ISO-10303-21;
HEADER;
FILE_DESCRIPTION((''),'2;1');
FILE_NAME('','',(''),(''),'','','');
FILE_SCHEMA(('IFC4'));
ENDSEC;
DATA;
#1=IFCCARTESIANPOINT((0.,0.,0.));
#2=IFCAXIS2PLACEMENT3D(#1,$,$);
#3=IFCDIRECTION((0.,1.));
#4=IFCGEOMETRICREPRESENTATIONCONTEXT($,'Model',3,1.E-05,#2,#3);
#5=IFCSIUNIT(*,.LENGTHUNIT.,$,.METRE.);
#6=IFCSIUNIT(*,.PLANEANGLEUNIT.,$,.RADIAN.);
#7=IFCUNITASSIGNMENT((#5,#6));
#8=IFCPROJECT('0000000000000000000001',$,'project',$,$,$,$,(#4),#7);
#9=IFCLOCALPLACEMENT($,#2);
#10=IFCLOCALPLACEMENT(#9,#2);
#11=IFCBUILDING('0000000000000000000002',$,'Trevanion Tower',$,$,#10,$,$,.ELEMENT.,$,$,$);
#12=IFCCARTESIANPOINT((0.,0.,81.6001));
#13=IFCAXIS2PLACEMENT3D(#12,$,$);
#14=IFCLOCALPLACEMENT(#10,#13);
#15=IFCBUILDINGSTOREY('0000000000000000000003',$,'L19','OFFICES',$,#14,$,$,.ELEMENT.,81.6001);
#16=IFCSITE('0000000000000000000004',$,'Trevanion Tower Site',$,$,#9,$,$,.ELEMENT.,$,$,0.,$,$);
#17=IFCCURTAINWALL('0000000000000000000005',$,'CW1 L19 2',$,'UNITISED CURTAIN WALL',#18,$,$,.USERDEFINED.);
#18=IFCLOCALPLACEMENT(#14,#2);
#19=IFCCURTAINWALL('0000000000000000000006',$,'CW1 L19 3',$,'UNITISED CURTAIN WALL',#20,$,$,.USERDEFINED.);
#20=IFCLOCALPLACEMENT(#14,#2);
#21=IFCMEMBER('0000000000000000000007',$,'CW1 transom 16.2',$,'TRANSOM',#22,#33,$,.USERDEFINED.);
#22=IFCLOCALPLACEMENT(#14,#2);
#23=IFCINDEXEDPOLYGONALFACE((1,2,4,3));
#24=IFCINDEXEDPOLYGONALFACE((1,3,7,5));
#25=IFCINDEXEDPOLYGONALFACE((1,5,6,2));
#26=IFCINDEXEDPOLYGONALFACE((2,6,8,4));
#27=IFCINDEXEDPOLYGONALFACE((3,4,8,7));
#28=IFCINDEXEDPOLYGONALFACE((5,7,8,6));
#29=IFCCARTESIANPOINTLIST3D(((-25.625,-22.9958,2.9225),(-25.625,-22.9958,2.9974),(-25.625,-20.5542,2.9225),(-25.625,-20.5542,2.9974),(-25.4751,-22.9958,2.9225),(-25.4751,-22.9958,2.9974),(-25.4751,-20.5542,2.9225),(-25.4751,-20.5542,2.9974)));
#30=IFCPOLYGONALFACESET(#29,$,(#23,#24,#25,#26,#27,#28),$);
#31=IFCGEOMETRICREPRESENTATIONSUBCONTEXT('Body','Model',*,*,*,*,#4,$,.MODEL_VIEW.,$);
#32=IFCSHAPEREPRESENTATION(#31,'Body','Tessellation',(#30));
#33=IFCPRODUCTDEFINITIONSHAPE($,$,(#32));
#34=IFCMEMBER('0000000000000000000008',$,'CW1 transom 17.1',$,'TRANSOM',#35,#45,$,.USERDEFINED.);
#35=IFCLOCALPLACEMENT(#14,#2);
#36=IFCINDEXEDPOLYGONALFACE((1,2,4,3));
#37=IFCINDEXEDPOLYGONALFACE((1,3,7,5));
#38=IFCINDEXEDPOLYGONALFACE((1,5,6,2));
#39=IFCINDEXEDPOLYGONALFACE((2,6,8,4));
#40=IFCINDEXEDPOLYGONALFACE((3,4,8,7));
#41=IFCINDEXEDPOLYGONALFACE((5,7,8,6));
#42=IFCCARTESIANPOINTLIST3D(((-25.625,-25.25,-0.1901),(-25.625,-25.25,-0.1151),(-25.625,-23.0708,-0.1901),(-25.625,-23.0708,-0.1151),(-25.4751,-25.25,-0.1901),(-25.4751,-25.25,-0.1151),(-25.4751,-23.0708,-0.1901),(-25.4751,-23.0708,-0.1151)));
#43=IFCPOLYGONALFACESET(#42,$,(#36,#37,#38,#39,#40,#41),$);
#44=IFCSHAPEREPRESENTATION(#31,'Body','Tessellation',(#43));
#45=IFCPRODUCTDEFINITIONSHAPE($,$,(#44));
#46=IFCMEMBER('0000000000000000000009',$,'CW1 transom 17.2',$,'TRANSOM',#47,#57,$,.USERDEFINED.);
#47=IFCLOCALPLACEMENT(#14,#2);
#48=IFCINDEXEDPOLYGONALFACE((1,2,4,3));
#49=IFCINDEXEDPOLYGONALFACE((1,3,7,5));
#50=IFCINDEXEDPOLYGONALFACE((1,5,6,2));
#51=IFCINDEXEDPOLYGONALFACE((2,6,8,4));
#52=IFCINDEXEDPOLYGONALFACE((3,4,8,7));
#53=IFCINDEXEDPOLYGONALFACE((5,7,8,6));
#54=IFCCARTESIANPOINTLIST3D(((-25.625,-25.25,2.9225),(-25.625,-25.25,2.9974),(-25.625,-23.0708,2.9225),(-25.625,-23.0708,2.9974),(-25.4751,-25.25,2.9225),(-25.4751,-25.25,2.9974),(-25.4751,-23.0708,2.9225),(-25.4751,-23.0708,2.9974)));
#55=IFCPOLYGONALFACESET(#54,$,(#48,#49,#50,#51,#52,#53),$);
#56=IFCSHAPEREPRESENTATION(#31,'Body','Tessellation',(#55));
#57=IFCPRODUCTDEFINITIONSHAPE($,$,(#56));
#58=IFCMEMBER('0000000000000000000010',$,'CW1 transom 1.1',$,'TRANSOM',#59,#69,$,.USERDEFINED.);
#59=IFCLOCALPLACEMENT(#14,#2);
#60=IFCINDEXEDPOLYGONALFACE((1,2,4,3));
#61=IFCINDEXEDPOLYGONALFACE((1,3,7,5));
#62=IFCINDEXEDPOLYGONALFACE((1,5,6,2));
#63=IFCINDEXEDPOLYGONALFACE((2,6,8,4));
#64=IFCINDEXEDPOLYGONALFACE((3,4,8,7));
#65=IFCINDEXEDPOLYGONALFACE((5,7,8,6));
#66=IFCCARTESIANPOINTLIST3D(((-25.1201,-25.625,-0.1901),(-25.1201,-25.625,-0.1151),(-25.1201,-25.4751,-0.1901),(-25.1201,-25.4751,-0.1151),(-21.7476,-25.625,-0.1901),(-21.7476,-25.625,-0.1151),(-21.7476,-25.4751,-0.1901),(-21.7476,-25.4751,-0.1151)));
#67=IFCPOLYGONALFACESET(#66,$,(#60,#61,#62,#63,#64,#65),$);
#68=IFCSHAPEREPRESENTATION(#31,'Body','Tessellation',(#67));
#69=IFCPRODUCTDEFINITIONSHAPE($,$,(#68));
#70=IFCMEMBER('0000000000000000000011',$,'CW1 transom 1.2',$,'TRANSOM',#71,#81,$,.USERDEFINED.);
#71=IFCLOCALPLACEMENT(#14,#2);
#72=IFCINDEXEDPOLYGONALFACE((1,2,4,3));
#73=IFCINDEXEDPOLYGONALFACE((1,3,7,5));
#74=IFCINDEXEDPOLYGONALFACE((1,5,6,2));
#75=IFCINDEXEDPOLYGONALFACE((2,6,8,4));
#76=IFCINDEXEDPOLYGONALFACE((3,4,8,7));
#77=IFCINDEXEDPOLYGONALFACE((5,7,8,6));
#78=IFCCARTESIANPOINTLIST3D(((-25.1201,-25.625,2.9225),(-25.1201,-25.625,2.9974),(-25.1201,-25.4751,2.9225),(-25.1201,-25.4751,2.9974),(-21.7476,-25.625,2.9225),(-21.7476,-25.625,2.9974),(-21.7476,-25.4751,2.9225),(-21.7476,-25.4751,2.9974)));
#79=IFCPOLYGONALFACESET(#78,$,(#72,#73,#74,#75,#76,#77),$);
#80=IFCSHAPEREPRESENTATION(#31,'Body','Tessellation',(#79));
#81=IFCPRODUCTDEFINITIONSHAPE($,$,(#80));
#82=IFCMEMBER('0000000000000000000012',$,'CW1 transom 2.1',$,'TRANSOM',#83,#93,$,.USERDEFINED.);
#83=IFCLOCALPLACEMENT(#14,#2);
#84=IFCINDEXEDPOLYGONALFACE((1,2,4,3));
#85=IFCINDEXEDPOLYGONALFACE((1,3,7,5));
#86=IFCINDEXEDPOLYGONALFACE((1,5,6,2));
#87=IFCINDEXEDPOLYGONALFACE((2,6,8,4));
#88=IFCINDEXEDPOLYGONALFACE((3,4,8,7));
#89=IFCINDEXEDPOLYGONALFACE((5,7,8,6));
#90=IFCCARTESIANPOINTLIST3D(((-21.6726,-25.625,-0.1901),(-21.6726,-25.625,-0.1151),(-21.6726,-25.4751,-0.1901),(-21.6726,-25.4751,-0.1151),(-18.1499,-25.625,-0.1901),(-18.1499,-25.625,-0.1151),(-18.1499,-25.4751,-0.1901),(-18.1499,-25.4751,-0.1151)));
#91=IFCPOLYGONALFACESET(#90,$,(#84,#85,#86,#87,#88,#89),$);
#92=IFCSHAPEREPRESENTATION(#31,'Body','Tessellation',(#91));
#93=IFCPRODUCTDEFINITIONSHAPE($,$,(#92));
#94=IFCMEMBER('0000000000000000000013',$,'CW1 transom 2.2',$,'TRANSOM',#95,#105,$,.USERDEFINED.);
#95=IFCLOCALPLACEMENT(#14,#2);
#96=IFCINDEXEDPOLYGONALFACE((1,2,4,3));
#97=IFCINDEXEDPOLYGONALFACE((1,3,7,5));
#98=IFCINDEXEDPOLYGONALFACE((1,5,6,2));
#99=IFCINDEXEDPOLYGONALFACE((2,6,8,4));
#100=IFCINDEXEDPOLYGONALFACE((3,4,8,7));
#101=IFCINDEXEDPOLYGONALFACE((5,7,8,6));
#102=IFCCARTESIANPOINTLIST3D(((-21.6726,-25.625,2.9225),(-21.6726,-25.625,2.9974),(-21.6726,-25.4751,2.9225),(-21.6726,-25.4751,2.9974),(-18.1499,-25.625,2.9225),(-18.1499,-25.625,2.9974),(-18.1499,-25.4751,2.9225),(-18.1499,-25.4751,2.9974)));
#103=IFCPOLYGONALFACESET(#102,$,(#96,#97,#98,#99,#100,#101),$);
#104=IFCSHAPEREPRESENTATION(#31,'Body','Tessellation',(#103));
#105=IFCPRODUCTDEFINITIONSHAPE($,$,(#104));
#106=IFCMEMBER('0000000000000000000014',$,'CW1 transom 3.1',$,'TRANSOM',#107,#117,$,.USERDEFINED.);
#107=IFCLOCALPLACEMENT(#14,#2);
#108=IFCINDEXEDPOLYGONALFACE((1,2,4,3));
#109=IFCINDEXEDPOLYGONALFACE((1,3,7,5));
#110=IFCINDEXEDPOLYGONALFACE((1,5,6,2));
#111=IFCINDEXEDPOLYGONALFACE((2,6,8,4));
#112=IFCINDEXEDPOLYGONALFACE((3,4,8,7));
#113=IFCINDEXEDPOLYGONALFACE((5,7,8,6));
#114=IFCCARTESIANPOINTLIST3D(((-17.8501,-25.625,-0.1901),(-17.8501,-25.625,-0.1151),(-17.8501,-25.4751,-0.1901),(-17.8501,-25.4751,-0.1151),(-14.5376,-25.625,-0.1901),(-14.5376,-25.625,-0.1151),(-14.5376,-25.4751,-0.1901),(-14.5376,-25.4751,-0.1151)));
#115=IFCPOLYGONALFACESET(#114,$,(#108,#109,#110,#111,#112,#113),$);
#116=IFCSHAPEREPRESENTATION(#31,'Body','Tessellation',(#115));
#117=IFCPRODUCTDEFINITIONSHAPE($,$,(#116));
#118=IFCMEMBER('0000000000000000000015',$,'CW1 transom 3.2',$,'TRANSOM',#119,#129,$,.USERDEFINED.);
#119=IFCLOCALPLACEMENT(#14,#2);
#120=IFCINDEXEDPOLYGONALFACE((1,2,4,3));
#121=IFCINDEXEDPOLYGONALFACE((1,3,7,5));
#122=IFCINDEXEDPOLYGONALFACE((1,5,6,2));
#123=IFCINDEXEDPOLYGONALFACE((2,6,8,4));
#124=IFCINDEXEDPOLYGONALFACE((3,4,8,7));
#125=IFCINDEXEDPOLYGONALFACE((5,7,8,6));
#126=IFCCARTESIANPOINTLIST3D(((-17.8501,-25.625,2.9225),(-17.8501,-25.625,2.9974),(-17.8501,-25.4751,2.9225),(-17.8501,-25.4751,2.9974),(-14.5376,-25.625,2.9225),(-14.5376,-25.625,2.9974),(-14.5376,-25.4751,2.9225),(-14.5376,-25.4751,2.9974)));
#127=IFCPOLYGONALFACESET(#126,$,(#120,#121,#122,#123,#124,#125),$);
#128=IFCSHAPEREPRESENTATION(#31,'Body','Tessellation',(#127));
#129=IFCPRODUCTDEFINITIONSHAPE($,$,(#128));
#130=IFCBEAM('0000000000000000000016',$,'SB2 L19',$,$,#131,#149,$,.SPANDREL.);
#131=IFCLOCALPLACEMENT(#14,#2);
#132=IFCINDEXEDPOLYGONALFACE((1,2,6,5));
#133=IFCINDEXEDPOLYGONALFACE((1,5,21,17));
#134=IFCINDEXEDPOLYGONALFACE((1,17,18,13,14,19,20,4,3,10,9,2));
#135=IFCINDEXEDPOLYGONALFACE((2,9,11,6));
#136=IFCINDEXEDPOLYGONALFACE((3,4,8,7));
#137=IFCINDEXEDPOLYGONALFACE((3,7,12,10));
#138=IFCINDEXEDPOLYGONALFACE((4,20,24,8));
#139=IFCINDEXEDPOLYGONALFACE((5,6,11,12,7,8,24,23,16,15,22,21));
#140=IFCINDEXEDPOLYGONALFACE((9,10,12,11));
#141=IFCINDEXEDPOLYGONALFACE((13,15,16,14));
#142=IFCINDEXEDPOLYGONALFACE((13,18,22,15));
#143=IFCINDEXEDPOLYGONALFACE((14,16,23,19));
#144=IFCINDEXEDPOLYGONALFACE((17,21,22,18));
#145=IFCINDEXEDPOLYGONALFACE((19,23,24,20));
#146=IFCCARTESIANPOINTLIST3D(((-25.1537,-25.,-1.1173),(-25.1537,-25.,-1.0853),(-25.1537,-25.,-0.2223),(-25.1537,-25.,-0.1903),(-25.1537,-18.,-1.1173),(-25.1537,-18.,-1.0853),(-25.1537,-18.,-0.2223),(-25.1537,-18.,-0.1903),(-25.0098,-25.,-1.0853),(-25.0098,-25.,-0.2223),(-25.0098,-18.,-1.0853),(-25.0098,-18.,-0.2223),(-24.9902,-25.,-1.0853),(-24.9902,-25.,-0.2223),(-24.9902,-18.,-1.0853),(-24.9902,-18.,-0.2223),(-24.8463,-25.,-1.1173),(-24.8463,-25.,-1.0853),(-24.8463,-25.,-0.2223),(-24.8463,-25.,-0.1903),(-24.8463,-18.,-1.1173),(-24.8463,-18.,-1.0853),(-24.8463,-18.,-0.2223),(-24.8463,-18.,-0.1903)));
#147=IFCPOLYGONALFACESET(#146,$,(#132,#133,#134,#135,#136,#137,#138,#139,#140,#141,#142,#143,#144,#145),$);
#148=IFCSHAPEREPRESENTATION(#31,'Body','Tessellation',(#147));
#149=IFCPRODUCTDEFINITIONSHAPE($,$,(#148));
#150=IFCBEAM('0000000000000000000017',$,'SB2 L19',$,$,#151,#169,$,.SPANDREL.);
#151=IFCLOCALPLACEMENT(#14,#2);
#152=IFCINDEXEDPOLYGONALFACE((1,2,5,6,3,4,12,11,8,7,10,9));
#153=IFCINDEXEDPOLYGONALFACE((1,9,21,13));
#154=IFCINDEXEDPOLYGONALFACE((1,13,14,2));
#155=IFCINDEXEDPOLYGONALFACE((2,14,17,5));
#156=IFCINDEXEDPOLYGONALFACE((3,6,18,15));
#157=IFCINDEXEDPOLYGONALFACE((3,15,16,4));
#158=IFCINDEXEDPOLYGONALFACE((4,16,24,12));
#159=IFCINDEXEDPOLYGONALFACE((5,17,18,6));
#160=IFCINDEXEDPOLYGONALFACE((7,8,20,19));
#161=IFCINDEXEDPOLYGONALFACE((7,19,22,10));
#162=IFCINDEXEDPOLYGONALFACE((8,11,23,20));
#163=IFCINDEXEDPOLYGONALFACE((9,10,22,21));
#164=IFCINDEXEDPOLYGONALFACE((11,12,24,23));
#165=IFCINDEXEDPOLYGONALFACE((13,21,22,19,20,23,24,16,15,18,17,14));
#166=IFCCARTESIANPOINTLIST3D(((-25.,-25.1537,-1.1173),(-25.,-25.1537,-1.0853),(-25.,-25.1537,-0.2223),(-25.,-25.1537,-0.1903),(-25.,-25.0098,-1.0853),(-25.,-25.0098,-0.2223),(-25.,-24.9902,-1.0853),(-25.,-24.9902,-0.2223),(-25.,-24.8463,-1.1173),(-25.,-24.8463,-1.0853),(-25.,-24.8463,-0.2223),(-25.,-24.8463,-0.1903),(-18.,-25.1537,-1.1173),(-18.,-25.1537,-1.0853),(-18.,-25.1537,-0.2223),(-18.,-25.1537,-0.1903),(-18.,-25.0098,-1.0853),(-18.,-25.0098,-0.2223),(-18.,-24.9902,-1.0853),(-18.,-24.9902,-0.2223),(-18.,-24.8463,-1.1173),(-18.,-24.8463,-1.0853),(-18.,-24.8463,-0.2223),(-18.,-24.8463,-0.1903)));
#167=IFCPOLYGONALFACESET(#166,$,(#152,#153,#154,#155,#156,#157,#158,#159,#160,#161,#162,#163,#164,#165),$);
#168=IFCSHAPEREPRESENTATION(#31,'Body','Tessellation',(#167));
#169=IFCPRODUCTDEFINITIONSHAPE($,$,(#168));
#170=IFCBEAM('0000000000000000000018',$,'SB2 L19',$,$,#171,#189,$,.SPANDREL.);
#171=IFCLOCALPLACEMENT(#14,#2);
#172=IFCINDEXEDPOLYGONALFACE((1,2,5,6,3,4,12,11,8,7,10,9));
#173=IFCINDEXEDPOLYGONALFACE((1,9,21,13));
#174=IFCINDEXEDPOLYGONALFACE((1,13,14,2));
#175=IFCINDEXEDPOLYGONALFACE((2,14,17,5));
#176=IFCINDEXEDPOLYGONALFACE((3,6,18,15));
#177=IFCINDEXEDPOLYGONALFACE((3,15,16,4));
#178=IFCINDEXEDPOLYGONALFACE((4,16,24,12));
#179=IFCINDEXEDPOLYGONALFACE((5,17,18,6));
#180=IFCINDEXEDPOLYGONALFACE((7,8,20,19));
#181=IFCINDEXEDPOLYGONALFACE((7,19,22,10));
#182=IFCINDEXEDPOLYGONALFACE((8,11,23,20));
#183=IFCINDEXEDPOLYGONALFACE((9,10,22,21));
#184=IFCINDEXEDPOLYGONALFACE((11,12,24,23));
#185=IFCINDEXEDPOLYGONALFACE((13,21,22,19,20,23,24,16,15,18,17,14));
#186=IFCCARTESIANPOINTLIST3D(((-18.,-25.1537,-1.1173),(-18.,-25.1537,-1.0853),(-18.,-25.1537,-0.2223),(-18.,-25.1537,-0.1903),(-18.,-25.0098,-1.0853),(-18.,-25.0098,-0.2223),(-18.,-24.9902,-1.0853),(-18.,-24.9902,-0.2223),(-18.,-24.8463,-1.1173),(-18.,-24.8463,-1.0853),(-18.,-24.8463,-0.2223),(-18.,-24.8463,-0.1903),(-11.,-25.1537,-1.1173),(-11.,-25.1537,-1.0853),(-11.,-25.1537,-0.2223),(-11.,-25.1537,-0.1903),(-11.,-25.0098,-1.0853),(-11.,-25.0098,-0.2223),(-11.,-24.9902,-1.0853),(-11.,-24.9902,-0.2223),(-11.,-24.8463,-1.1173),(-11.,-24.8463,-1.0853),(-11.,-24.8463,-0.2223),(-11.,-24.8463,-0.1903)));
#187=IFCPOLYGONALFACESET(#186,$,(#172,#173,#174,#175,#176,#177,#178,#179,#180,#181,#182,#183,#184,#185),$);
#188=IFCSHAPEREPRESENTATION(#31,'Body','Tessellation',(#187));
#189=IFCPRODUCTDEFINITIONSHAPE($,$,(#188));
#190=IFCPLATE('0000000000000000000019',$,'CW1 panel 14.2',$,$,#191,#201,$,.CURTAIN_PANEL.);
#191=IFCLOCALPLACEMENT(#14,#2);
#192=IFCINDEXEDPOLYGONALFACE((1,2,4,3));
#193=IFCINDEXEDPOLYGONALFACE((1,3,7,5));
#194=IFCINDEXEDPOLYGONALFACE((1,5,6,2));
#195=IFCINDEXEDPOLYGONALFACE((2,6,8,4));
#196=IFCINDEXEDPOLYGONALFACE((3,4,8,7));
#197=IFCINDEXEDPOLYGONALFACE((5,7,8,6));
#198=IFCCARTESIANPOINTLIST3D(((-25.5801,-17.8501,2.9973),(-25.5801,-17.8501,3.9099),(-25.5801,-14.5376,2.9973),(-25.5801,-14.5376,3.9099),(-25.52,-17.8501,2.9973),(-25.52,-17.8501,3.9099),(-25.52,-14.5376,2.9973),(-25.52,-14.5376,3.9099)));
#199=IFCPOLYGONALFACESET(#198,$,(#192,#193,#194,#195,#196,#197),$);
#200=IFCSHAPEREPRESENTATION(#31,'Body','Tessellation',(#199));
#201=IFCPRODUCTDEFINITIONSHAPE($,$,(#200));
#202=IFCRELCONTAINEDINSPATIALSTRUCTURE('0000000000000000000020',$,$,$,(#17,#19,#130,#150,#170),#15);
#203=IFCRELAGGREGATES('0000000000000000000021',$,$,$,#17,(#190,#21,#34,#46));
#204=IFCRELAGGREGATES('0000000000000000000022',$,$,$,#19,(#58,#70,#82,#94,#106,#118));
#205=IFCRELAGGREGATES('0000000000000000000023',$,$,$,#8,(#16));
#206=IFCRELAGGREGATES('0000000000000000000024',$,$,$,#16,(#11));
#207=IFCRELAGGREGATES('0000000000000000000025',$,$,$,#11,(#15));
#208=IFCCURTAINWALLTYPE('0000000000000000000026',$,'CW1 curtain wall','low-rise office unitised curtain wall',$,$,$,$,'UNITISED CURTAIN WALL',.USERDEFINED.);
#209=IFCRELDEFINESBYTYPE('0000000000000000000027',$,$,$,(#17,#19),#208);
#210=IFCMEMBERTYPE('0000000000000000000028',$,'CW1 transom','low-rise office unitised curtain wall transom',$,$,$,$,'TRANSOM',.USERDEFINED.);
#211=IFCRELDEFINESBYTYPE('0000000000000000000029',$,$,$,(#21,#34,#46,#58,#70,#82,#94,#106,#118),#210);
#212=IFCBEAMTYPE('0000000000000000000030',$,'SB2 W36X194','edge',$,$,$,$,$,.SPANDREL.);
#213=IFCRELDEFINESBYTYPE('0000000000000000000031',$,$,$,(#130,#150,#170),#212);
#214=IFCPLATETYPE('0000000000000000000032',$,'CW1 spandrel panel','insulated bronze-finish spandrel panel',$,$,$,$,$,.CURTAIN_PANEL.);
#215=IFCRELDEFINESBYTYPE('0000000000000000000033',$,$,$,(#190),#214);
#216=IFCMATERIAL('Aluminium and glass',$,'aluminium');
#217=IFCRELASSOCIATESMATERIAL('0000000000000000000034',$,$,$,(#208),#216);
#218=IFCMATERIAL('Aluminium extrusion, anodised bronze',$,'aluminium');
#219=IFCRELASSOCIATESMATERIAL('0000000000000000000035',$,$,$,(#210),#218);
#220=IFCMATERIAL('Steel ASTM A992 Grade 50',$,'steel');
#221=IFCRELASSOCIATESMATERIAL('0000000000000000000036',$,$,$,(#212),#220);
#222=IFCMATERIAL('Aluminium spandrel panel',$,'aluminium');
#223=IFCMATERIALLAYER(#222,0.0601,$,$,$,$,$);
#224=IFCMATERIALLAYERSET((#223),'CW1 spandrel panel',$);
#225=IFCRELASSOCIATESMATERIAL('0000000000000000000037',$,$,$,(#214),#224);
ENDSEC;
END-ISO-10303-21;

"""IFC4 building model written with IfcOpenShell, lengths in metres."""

from ifc_helpers import new_model, si_unit, direction, frame, origin, origin_2d, place, context, subcontext, project, spatial, rectangle, i_section, extrude, material, layer, layer_set, material_profile, profile_set, type_object, element, aggregate, save


model = new_model("IFC4")

# Units and contexts
model_context = context("Model", 3, precision=1e-05, world=origin(), true_north=direction((0.0, 1.0)))
body_context = subcontext(model_context, "Body", "Model", "MODEL_VIEW")
ifc_project = project(units=[si_unit("LENGTHUNIT", "METRE"), si_unit("PLANEANGLEUNIT", "RADIAN")], contexts=[model_context])

# Site, building, storey
site_placement = place(None, origin())
site = spatial("IfcSite", under=ifc_project, at=site_placement, Name="Trevanion Tower Site", CompositionType="ELEMENT", RefElevation=0.0)
building_placement = place(site_placement, origin())
building = spatial("IfcBuilding", under=site, at=building_placement, Name="Trevanion Tower", CompositionType="ELEMENT")
storey_placement = place(building_placement, frame((0.0, 0.0, 81.6001)))
storey = spatial("IfcBuildingStorey", under=building, at=storey_placement, Name="L19", Description="OFFICES", CompositionType="ELEMENT", Elevation=81.6001)

# Curtain wall
ifc_material_1 = material(Name="Aluminium and glass", Category="aluminium")
curtain_wall_type = type_object("IfcCurtainWallType", Name="CW1 curtain wall", Description="low-rise office unitised curtain wall", ElementType="UNITISED CURTAIN WALL", PredefinedType="USERDEFINED", material=ifc_material_1)
curtain_wall_1_placement = place(storey_placement, origin())
curtain_wall_1 = element("IfcCurtainWall", 1, at=curtain_wall_1_placement, inside=storey, type_object=curtain_wall_type, Name="CW1 L19 2", ObjectType="UNITISED CURTAIN WALL", PredefinedType="USERDEFINED")

# Curtain wall
curtain_wall_2_placement = place(storey_placement, origin())
curtain_wall_2 = element("IfcCurtainWall", 2, at=curtain_wall_2_placement, inside=storey, type_object=curtain_wall_type, Name="CW1 L19 3", ObjectType="UNITISED CURTAIN WALL", PredefinedType="USERDEFINED")

# Members
ifc_material_2 = material(Name="Aluminium extrusion, anodised bronze", Category="aluminium")
ifc_material_profile_1 = material_profile(ifc_material_2, rectangle(XDim=0.1499, YDim=0.075, at=origin_2d()), Name="CW1 transom")
ifc_profile_set_1 = profile_set([ifc_material_profile_1], Name="Aluminium extrusion, anodised bronze")
member_type_1 = type_object("IfcMemberType", Name="CW1 transom", Description="low-rise office unitised curtain wall transom", ElementType="TRANSOM", PredefinedType="USERDEFINED", material=ifc_profile_set_1)
member_1_placement = place(storey_placement, frame((-25.55, -20.5542, 2.96), z_axis=(0.0, -1.0, 0.0), x_axis=(1.0, 0.0, 0.0)))
member_1 = element("IfcMember", 3, at=member_1_placement, type_object=member_type_1, Name="CW1 transom 16.2", ObjectType="TRANSOM", PredefinedType="USERDEFINED", context=body_context, shape_type="SweptSolid", body=[
    extrude(rectangle(XDim=0.1499, YDim=0.075, at=origin_2d()), origin(), (0.0, 0.0, 1.0), 2.4417),
])
member_2_placement = place(storey_placement, frame((-25.55, -23.0708, -0.1526), z_axis=(0.0, -1.0, 0.0), x_axis=(1.0, 0.0, 0.0)))
member_2 = element("IfcMember", 4, at=member_2_placement, type_object=member_type_1, Name="CW1 transom 17.1", ObjectType="TRANSOM", PredefinedType="USERDEFINED", context=body_context, shape_type="SweptSolid", body=[
    extrude(rectangle(XDim=0.1499, YDim=0.075, at=origin_2d()), origin(), (0.0, 0.0, 1.0), 2.1792),
])
member_3_placement = place(storey_placement, frame((-25.55, -23.0708, 2.96), z_axis=(0.0, -1.0, 0.0), x_axis=(1.0, 0.0, 0.0)))
member_3 = element("IfcMember", 5, at=member_3_placement, type_object=member_type_1, Name="CW1 transom 17.2", ObjectType="TRANSOM", PredefinedType="USERDEFINED", context=body_context, shape_type="SweptSolid", body=[
    extrude(rectangle(XDim=0.1499, YDim=0.075, at=origin_2d()), origin(), (0.0, 0.0, 1.0), 2.1792),
])
member_4_placement = place(storey_placement, frame((-25.1201, -25.55, -0.1526), z_axis=(1.0, 0.0, 0.0), x_axis=(0.0, 1.0, 0.0)))
member_4 = element("IfcMember", 6, at=member_4_placement, type_object=member_type_1, Name="CW1 transom 1.1", ObjectType="TRANSOM", PredefinedType="USERDEFINED", context=body_context, shape_type="SweptSolid", body=[
    extrude(rectangle(XDim=0.1499, YDim=0.075, at=origin_2d()), origin(), (0.0, 0.0, 1.0), 3.3726),
])
member_5_placement = place(storey_placement, frame((-25.1201, -25.55, 2.96), z_axis=(1.0, 0.0, 0.0), x_axis=(0.0, 1.0, 0.0)))
member_5 = element("IfcMember", 7, at=member_5_placement, type_object=member_type_1, Name="CW1 transom 1.2", ObjectType="TRANSOM", PredefinedType="USERDEFINED", context=body_context, shape_type="SweptSolid", body=[
    extrude(rectangle(XDim=0.1499, YDim=0.075, at=origin_2d()), origin(), (0.0, 0.0, 1.0), 3.3726),
])
member_6_placement = place(storey_placement, frame((-21.6726, -25.55, -0.1526), z_axis=(1.0, 0.0, 0.0), x_axis=(0.0, 1.0, 0.0)))
member_6 = element("IfcMember", 8, at=member_6_placement, type_object=member_type_1, Name="CW1 transom 2.1", ObjectType="TRANSOM", PredefinedType="USERDEFINED", context=body_context, shape_type="SweptSolid", body=[
    extrude(rectangle(XDim=0.1499, YDim=0.075, at=origin_2d()), origin(), (0.0, 0.0, 1.0), 3.5227),
])
member_7_placement = place(storey_placement, frame((-21.6726, -25.55, 2.96), z_axis=(1.0, 0.0, 0.0), x_axis=(0.0, 1.0, 0.0)))
member_7 = element("IfcMember", 9, at=member_7_placement, type_object=member_type_1, Name="CW1 transom 2.2", ObjectType="TRANSOM", PredefinedType="USERDEFINED", context=body_context, shape_type="SweptSolid", body=[
    extrude(rectangle(XDim=0.1499, YDim=0.075, at=origin_2d()), origin(), (0.0, 0.0, 1.0), 3.5227),
])
member_8_placement = place(storey_placement, frame((-17.8501, -25.55, -0.1526), z_axis=(1.0, 0.0, 0.0), x_axis=(0.0, 1.0, 0.0)))
member_8 = element("IfcMember", 10, at=member_8_placement, type_object=member_type_1, Name="CW1 transom 3.1", ObjectType="TRANSOM", PredefinedType="USERDEFINED", context=body_context, shape_type="SweptSolid", body=[
    extrude(rectangle(XDim=0.1499, YDim=0.075, at=origin_2d()), origin(), (0.0, 0.0, 1.0), 3.3125),
])
member_9_placement = place(storey_placement, frame((-17.8501, -25.55, 2.96), z_axis=(1.0, 0.0, 0.0), x_axis=(0.0, 1.0, 0.0)))
member_9 = element("IfcMember", 11, at=member_9_placement, type_object=member_type_1, Name="CW1 transom 3.2", ObjectType="TRANSOM", PredefinedType="USERDEFINED", context=body_context, shape_type="SweptSolid", body=[
    extrude(rectangle(XDim=0.1499, YDim=0.075, at=origin_2d()), origin(), (0.0, 0.0, 1.0), 3.3125),
])

# Beams
ifc_material_3 = material(Name="Steel ASTM A992 Grade 50", Category="steel")
ifc_material_profile_2 = material_profile(ifc_material_3, i_section(OverallWidth=0.3074, OverallDepth=0.927, WebThickness=0.0195, FlangeThickness=0.032, at=origin_2d()), Name="W36X194")
ifc_profile_set_2 = profile_set([ifc_material_profile_2], Name="Steel ASTM A992 Grade 50")
beam_type = type_object("IfcBeamType", Name="SB2 W36X194", Description="edge", PredefinedType="SPANDREL", material=ifc_profile_set_2)
for number, where, z_axis, x_axis, name in (
    (12, (-25.0, -18.0, -0.6538), (0.0, -1.0, 0.0), (1.0, 0.0, 0.0), "SB2 L19"),
    (13, (-25.0, -25.0, -0.6538), (1.0, 0.0, 0.0), (0.0, 1.0, 0.0), "SB2 L19"),
    (14, (-18.0, -25.0, -0.6538), (1.0, 0.0, 0.0), (0.0, 1.0, 0.0), "SB2 L19"),
):
    element("IfcBeam", number, at=place(storey_placement, frame(where, z_axis=z_axis, x_axis=x_axis)), inside=storey, type_object=beam_type, Name=name, PredefinedType="SPANDREL", context=body_context, shape_type="SweptSolid", body=[
        extrude(i_section(OverallWidth=0.3074, OverallDepth=0.927, WebThickness=0.0195, FlangeThickness=0.032, at=origin_2d()), origin(), (0.0, 0.0, 1.0), 7.0),
    ])

# Plate
ifc_material_4 = material(Name="Aluminium spandrel panel", Category="aluminium")
ifc_layer_1 = layer(ifc_material_4, 0.0601)
ifc_layer_set_1 = layer_set([ifc_layer_1], Name="CW1 spandrel panel")
plate_type_1 = type_object("IfcPlateType", Name="CW1 spandrel panel", Description="insulated bronze-finish spandrel panel", PredefinedType="CURTAIN_PANEL", material=ifc_layer_set_1)
plate_1_placement = place(storey_placement, frame((-25.55, -16.1938, 2.9973), z_axis=(0.0, 0.0, 1.0), x_axis=(0.0, -1.0, 0.0)))
plate_1 = element("IfcPlate", 15, at=plate_1_placement, type_object=plate_type_1, Name="CW1 panel 14.2", PredefinedType="CURTAIN_PANEL", context=body_context, shape_type="SweptSolid", body=[
    extrude(rectangle(XDim=3.3125, YDim=0.0601, at=origin_2d()), origin(), (0.0, 0.0, 1.0), 0.9126),
])
aggregate(curtain_wall_1, [plate_1, member_1, member_2, member_3])
aggregate(curtain_wall_2, [member_4, member_5, member_6, member_7, member_8, member_9])

save(model, "model.ifc")
